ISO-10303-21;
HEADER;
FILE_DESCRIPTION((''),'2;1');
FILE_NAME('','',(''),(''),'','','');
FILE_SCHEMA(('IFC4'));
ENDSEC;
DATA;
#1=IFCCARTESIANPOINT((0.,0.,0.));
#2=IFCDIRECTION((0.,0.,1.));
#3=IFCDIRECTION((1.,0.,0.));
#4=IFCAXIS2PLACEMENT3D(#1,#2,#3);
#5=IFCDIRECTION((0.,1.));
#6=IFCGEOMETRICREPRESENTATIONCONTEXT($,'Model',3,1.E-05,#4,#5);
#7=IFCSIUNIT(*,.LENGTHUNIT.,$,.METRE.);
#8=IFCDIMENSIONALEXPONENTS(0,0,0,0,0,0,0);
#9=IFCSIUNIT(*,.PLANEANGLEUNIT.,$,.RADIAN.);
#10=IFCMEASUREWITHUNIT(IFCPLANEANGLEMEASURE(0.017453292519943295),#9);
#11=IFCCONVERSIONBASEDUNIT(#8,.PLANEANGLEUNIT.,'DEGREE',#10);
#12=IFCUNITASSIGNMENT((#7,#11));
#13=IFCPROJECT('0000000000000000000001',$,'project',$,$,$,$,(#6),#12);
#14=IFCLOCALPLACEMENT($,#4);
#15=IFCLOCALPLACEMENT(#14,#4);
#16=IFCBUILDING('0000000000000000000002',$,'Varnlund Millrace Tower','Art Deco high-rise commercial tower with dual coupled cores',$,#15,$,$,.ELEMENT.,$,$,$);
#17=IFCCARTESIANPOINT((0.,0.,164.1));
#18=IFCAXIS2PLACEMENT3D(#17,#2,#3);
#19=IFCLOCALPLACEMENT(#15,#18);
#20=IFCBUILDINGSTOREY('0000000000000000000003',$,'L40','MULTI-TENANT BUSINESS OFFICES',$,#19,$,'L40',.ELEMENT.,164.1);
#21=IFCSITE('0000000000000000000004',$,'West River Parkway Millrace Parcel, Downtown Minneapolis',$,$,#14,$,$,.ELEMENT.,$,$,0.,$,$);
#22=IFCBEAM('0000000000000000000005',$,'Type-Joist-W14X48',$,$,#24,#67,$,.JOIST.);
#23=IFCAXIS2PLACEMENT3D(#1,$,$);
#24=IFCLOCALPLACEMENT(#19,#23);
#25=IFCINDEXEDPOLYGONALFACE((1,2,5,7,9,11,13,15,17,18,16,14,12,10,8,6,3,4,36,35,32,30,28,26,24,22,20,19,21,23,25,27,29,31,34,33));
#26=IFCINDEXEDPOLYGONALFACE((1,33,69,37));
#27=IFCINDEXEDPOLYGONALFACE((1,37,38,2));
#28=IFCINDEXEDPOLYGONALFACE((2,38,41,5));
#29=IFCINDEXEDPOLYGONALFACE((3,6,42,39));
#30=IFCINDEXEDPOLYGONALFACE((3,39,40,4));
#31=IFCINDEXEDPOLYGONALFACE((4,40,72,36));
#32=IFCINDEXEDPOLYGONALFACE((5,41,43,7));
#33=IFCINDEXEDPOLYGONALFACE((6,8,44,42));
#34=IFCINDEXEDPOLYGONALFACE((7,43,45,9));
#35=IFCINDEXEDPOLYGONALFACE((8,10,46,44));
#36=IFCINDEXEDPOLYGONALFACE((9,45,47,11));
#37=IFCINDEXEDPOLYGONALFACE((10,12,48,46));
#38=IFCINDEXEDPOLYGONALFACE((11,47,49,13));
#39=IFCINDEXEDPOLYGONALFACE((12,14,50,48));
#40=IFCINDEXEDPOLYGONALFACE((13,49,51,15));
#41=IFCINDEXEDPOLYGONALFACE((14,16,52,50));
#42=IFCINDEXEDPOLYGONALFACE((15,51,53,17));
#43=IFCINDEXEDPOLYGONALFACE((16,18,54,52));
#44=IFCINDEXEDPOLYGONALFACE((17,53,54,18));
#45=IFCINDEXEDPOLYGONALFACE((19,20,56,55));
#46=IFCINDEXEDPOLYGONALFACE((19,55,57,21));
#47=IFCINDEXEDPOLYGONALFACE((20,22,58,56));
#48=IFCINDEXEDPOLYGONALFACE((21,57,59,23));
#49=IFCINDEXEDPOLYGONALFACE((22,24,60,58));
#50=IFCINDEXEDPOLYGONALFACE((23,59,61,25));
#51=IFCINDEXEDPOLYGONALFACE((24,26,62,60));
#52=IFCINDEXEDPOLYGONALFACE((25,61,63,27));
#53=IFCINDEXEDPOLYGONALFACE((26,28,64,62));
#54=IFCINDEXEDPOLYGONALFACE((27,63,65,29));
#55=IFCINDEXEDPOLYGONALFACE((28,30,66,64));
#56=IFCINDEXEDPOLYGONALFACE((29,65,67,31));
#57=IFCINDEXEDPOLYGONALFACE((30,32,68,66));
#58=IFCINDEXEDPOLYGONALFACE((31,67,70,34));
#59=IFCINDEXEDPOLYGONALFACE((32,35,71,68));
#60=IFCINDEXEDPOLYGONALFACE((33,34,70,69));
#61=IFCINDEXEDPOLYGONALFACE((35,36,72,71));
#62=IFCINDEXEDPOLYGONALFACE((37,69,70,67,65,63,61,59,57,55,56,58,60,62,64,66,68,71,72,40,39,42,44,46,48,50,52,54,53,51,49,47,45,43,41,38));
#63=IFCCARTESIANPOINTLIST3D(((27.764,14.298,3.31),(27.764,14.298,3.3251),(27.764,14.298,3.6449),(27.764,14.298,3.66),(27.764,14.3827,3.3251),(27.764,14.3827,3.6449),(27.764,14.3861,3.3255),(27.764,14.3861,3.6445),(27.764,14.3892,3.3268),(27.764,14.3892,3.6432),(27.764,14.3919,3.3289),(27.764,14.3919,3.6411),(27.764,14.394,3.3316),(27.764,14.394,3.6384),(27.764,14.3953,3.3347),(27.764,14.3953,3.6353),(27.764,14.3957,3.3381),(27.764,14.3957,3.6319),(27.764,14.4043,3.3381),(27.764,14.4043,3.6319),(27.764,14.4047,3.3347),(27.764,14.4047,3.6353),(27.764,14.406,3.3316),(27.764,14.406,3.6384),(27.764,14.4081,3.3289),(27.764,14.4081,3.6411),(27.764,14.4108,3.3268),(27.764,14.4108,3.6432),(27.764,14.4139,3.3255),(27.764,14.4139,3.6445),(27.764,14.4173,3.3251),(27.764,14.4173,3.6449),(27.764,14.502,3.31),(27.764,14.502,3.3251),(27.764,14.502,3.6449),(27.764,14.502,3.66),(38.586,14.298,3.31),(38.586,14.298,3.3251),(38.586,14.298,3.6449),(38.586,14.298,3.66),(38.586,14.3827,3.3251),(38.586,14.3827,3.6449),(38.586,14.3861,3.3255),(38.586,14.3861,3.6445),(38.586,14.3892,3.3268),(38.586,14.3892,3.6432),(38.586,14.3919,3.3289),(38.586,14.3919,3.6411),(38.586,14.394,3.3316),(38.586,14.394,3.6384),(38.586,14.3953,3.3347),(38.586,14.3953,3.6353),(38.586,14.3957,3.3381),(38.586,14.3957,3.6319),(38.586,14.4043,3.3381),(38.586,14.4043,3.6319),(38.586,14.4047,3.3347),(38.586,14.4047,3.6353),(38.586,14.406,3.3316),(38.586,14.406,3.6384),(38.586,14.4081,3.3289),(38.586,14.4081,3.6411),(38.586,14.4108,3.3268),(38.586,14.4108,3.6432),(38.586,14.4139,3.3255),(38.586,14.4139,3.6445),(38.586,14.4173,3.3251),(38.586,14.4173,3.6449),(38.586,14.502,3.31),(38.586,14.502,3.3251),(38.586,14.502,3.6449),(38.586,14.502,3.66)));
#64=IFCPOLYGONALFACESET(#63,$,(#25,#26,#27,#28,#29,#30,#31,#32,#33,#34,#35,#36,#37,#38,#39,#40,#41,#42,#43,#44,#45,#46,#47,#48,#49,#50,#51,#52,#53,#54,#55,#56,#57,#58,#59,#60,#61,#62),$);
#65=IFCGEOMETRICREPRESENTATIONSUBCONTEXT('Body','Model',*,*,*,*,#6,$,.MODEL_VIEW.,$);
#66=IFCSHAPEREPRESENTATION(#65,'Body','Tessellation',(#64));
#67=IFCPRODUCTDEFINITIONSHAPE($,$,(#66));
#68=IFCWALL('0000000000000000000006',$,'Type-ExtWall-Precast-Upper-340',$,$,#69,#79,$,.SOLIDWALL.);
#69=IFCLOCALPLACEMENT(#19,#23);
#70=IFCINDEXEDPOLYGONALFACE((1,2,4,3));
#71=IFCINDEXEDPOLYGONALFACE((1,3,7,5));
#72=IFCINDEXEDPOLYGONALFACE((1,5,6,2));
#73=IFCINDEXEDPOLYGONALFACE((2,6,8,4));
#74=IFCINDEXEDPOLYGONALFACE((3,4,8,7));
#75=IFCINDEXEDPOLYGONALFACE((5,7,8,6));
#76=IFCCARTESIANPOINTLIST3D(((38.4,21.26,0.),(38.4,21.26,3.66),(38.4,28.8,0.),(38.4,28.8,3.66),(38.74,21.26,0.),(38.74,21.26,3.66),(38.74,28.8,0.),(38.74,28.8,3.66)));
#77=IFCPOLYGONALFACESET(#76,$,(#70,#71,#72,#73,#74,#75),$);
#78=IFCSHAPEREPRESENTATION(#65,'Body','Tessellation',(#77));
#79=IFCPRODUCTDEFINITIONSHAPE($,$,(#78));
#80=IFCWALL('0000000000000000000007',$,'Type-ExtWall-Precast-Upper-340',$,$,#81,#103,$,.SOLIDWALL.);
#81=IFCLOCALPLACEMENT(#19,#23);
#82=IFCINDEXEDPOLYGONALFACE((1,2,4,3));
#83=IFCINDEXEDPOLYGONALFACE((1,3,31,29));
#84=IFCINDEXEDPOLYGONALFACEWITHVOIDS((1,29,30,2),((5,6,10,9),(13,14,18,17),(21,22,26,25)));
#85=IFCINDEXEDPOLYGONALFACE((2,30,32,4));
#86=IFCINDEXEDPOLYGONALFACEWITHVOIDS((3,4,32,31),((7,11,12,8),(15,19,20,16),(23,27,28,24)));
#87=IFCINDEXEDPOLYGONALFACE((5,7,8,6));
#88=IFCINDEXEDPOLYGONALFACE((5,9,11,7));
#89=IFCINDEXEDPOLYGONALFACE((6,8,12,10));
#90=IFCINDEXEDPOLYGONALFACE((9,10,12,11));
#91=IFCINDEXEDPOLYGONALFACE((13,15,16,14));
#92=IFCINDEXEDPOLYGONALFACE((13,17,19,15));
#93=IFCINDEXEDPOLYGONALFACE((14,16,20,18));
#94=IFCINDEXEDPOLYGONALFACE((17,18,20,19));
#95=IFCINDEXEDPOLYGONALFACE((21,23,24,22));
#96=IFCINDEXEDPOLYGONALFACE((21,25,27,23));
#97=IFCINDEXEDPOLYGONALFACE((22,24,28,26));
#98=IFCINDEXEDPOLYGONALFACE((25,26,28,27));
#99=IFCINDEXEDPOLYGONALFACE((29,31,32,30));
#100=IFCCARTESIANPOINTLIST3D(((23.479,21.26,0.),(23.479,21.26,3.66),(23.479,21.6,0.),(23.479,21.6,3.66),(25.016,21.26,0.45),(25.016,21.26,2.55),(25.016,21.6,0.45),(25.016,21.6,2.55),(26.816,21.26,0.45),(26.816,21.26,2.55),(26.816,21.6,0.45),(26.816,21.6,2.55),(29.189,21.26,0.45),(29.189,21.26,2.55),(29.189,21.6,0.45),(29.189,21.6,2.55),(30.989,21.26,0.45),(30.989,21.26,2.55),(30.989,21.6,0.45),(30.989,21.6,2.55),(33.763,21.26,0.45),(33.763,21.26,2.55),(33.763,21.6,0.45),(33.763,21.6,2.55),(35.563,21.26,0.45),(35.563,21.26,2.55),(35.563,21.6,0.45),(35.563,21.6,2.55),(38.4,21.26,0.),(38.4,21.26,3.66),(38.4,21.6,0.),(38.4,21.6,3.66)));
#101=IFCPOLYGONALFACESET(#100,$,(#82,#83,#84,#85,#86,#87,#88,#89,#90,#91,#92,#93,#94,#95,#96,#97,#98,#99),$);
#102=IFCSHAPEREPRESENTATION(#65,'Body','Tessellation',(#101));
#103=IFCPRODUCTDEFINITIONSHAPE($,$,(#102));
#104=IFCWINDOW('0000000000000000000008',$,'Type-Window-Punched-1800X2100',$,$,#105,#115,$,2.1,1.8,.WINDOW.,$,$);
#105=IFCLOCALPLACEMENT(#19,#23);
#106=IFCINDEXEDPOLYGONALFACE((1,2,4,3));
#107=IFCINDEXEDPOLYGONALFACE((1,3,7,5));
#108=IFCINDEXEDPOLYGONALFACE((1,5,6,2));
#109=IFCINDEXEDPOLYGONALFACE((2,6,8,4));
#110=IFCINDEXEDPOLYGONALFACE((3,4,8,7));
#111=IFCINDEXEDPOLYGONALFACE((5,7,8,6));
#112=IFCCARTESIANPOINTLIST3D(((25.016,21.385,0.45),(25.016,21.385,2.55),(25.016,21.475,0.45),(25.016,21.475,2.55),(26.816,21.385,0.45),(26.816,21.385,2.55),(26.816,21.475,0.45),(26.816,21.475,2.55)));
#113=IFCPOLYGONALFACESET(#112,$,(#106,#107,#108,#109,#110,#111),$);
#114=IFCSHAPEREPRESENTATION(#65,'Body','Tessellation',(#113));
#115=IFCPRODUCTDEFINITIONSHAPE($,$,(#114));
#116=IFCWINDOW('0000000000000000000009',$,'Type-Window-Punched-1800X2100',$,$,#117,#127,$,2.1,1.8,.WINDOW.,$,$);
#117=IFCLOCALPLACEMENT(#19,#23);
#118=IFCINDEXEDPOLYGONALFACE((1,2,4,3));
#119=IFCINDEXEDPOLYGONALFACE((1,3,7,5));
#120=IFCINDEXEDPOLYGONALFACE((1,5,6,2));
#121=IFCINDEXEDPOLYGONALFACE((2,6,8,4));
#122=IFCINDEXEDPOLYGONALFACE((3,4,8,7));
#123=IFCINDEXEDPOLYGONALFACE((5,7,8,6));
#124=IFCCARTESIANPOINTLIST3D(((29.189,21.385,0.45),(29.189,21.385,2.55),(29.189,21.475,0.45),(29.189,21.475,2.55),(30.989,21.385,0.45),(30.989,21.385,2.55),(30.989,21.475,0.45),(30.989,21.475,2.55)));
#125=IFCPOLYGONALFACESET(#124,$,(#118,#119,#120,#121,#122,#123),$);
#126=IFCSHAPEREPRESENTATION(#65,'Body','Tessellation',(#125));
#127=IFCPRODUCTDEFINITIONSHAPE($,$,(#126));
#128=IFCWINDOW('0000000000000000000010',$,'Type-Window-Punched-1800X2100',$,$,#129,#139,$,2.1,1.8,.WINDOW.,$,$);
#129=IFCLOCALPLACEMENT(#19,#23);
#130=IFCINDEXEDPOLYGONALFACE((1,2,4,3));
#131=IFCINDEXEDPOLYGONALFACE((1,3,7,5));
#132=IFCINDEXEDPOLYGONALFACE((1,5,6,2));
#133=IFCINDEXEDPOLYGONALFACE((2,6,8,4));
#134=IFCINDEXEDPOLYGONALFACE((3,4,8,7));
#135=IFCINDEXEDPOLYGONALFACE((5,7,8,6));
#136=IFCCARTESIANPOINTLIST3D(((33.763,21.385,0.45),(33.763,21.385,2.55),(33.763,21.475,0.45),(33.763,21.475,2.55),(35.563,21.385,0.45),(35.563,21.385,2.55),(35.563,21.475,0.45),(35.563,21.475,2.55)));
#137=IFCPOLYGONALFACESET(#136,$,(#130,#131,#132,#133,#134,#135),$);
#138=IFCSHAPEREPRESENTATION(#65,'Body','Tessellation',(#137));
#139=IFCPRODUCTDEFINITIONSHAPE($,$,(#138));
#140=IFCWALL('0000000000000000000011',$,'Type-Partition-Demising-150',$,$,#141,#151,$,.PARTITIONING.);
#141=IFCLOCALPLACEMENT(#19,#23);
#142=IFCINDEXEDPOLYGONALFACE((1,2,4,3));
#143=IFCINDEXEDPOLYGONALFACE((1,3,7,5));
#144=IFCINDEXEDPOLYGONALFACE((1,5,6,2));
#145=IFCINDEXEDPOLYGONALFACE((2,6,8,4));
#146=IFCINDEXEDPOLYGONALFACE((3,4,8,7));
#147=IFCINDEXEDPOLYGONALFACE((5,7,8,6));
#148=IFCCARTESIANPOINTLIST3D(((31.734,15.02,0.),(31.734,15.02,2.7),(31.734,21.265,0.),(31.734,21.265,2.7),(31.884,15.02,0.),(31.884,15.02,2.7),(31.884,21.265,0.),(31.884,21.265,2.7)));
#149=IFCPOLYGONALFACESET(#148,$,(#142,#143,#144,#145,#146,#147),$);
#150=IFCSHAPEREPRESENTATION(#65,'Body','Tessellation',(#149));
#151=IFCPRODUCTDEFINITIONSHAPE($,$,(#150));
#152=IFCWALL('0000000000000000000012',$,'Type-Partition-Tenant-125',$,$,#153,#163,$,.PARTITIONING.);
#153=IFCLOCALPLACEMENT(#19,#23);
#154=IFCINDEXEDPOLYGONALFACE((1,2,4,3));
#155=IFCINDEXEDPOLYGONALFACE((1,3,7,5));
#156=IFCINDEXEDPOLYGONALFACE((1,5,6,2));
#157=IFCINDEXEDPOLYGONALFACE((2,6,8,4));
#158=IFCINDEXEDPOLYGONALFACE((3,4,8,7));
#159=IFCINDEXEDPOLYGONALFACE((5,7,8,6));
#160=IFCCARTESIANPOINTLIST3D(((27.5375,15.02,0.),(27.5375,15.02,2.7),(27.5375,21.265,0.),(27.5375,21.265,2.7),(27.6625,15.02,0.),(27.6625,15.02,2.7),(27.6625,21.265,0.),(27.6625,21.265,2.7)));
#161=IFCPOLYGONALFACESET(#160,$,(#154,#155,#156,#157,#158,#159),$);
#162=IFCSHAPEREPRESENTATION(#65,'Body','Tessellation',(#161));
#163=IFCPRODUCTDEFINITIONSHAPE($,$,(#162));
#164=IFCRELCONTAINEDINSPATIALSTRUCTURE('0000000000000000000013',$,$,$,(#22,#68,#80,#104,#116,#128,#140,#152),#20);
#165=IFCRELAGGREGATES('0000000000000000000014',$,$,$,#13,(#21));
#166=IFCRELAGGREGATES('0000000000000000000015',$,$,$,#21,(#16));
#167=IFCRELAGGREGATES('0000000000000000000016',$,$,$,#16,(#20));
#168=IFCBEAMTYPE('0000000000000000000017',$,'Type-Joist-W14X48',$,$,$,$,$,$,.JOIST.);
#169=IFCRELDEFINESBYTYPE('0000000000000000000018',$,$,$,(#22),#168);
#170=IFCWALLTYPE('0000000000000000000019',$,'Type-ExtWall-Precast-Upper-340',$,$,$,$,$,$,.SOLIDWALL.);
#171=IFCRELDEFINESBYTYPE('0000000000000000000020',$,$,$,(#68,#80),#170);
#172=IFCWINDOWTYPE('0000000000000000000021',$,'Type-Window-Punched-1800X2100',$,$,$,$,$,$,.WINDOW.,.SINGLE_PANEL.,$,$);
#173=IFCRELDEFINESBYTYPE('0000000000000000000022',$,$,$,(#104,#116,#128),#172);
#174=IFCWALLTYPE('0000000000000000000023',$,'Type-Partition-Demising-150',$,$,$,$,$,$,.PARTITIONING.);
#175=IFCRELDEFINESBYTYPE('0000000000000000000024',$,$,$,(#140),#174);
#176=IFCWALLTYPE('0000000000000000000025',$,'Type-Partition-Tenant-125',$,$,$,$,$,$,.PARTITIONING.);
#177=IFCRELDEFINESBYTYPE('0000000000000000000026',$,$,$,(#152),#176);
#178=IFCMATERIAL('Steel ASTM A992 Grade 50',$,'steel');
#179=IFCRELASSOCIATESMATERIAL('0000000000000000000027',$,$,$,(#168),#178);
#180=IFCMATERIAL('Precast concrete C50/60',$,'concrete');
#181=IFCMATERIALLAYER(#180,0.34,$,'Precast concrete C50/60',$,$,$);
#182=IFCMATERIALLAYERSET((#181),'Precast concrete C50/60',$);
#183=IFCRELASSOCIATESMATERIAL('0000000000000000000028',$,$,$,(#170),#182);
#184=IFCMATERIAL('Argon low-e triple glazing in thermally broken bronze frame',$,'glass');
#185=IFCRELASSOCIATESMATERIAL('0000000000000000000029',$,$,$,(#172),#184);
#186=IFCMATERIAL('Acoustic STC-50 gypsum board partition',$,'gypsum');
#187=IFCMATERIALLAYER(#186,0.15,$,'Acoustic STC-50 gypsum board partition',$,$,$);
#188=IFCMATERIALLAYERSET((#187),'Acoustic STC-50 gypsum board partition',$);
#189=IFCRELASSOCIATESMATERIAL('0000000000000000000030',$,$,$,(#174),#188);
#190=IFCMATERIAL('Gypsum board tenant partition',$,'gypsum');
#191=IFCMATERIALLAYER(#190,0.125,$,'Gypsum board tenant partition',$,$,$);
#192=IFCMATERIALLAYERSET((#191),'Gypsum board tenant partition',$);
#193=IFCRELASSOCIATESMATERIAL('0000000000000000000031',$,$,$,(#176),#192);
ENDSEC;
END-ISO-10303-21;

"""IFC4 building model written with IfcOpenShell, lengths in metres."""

from ifc_helpers import new_model, entity, si_unit, converted_unit, direction, frame, origin_with_axes, origin_2d_with_axis, place, context, subcontext, project, spatial, polyline, rectangle, i_section, outline, extrude, material, layer, layer_set, material_profile, profile_set, type_object, element, fill, save


model = new_model("IFC4")

# Units and contexts
model_context = context("Model", 3, precision=1e-05, world=origin_with_axes(), true_north=direction((0.0, 1.0)))
body_context = subcontext(model_context, "Body", "Model", "MODEL_VIEW")
ifc_project = project(units=[si_unit("LENGTHUNIT", "METRE"), converted_unit("PLANEANGLEUNIT", "DEGREE", entity("IfcPlaneAngleMeasure", 0.017453292519943295), si_unit("PLANEANGLEUNIT", "RADIAN"), dimensions=[0, 0, 0, 0, 0, 0, 0])], contexts=[model_context])

# Site, building, storey
site_placement = place(None, origin_with_axes())
site = spatial("IfcSite", under=ifc_project, at=site_placement, Name="West River Parkway Millrace Parcel, Downtown Minneapolis", CompositionType="ELEMENT", RefElevation=0.0)
building_placement = place(site_placement, origin_with_axes())
building = spatial("IfcBuilding", under=site, at=building_placement, Name="Varnlund Millrace Tower", Description="Art Deco high-rise commercial tower with dual coupled cores", CompositionType="ELEMENT")
storey_placement = place(building_placement, frame((0.0, 0.0, 164.1), z_axis=(0.0, 0.0, 1.0), x_axis=(1.0, 0.0, 0.0)))
storey = spatial("IfcBuildingStorey", under=building, at=storey_placement, Name="L40", Description="MULTI-TENANT BUSINESS OFFICES", LongName="L40", CompositionType="ELEMENT", Elevation=164.1)

# Beam
ifc_material_1 = material(Name="Steel ASTM A992 Grade 50", Category="steel")
ifc_material_profile_1 = material_profile(ifc_material_1, i_section(OverallWidth=0.204, OverallDepth=0.35, WebThickness=0.0086, FlangeThickness=0.0151, FilletRadius=0.013, at=origin_2d_with_axis()), Name="Steel ASTM A992 Grade 50")
ifc_profile_set_1 = profile_set([ifc_material_profile_1], Name="Steel ASTM A992 Grade 50")
beam_type_1 = type_object("IfcBeamType", Name="Type-Joist-W14X48", PredefinedType="JOIST", material=ifc_profile_set_1)
beam_1_placement = place(storey_placement, frame((27.764, 14.4, 3.485), z_axis=(1.0, 0.0, 0.0), x_axis=(0.0, 1.0, 0.0)))
element("IfcBeam", 1, at=beam_1_placement, inside=storey, type_object=beam_type_1, Name="Type-Joist-W14X48", PredefinedType="JOIST", context=body_context, shape_type="SweptSolid", body=[
    extrude(i_section(OverallWidth=0.204, OverallDepth=0.35, WebThickness=0.0086, FlangeThickness=0.0151, FilletRadius=0.013, at=origin_2d_with_axis()), origin_with_axes(), (0.0, 0.0, 1.0), 10.822),
])

# Wall
ifc_material_2 = material(Name="Precast concrete C50/60", Category="concrete")
ifc_layer_1 = layer(ifc_material_2, 0.34, Name="Precast concrete C50/60")
ifc_layer_set_1 = layer_set([ifc_layer_1], Name="Precast concrete C50/60")
wall_type_1 = type_object("IfcWallType", Name="Type-ExtWall-Precast-Upper-340", PredefinedType="SOLIDWALL", material=ifc_layer_set_1)
wall_1_placement = place(storey_placement, frame((38.57, 21.26, 0.0), z_axis=(0.0, 0.0, 1.0), x_axis=(0.0, 1.0, 0.0)))
element("IfcWall", 2, at=wall_1_placement, inside=storey, type_object=wall_type_1, Name="Type-ExtWall-Precast-Upper-340", PredefinedType="SOLIDWALL", context=body_context, shape_type="SweptSolid", body=[
    extrude(outline(polyline([(0.0, -0.17), (7.54, -0.17), (7.54, 0.17), (0.0, 0.17), (0.0, -0.17)])), origin_with_axes(), (0.0, 0.0, 1.0), 3.66),
])

# Wall, openings, windows
wall_2_placement = place(storey_placement, frame((23.479, 21.43, 0.0), z_axis=(0.0, 0.0, 1.0), x_axis=(1.0, 0.0, 0.0)))
wall_2 = element("IfcWall", 3, at=wall_2_placement, inside=storey, type_object=wall_type_1, Name="Type-ExtWall-Precast-Upper-340", PredefinedType="SOLIDWALL", context=body_context, shape_type="SweptSolid", body=[
    extrude(outline(polyline([(0.0, -0.17), (14.921, -0.17), (14.921, 0.17), (0.0, 0.17), (0.0, -0.17)])), origin_with_axes(), (0.0, 0.0, 1.0), 3.66),
])
opening_1_placement = place(wall_2_placement, frame((2.437, 0.0, 0.45), z_axis=(0.0, 0.0, 1.0), x_axis=(1.0, 0.0, 0.0)))
opening_1 = element("IfcOpeningElement", 4, at=opening_1_placement, cuts=wall_2, PredefinedType="OPENING", context=body_context, shape_type="SweptSolid", body=[
    extrude(rectangle(XDim=1.8, YDim=0.36, at=origin_2d_with_axis()), origin_with_axes(), (0.0, 0.0, 1.0), 2.1),
])
opening_2_placement = place(wall_2_placement, frame((6.61, 0.0, 0.45), z_axis=(0.0, 0.0, 1.0), x_axis=(1.0, 0.0, 0.0)))
opening_2 = element("IfcOpeningElement", 5, at=opening_2_placement, cuts=wall_2, PredefinedType="OPENING", context=body_context, shape_type="SweptSolid", body=[
    extrude(rectangle(XDim=1.8, YDim=0.36, at=origin_2d_with_axis()), origin_with_axes(), (0.0, 0.0, 1.0), 2.1),
])
opening_3_placement = place(wall_2_placement, frame((11.184, 0.0, 0.45), z_axis=(0.0, 0.0, 1.0), x_axis=(1.0, 0.0, 0.0)))
opening_3 = element("IfcOpeningElement", 6, at=opening_3_placement, cuts=wall_2, PredefinedType="OPENING", context=body_context, shape_type="SweptSolid", body=[
    extrude(rectangle(XDim=1.8, YDim=0.36, at=origin_2d_with_axis()), origin_with_axes(), (0.0, 0.0, 1.0), 2.1),
])
ifc_material_3 = material(Name="Argon low-e triple glazing in thermally broken bronze frame", Category="glass")
window_type = type_object("IfcWindowType", Name="Type-Window-Punched-1800X2100", PartitioningType="SINGLE_PANEL", PredefinedType="WINDOW", material=ifc_material_3)
window_1_placement = place(wall_2_placement, frame((2.437, 0.0, 0.45), z_axis=(0.0, 0.0, 1.0), x_axis=(1.0, 0.0, 0.0)))
window_1 = element("IfcWindow", 7, at=window_1_placement, inside=storey, type_object=window_type, Name="Type-Window-Punched-1800X2100", OverallHeight=2.1, OverallWidth=1.8, PredefinedType="WINDOW", context=body_context, shape_type="SweptSolid", body=[
    extrude(rectangle(XDim=1.8, YDim=0.09, at=origin_2d_with_axis()), origin_with_axes(), (0.0, 0.0, 1.0), 2.1),
])
fill(opening_1, window_1)
window_2_placement = place(wall_2_placement, frame((6.61, 0.0, 0.45), z_axis=(0.0, 0.0, 1.0), x_axis=(1.0, 0.0, 0.0)))
window_2 = element("IfcWindow", 8, at=window_2_placement, inside=storey, type_object=window_type, Name="Type-Window-Punched-1800X2100", OverallHeight=2.1, OverallWidth=1.8, PredefinedType="WINDOW", context=body_context, shape_type="SweptSolid", body=[
    extrude(rectangle(XDim=1.8, YDim=0.09, at=origin_2d_with_axis()), origin_with_axes(), (0.0, 0.0, 1.0), 2.1),
])
fill(opening_2, window_2)
window_3_placement = place(wall_2_placement, frame((11.184, 0.0, 0.45), z_axis=(0.0, 0.0, 1.0), x_axis=(1.0, 0.0, 0.0)))
window_3 = element("IfcWindow", 9, at=window_3_placement, inside=storey, type_object=window_type, Name="Type-Window-Punched-1800X2100", OverallHeight=2.1, OverallWidth=1.8, PredefinedType="WINDOW", context=body_context, shape_type="SweptSolid", body=[
    extrude(rectangle(XDim=1.8, YDim=0.09, at=origin_2d_with_axis()), origin_with_axes(), (0.0, 0.0, 1.0), 2.1),
])
fill(opening_3, window_3)

# Walls
ifc_material_4 = material(Name="Acoustic STC-50 gypsum board partition", Category="gypsum")
ifc_layer_2 = layer(ifc_material_4, 0.15, Name="Acoustic STC-50 gypsum board partition")
ifc_layer_set_2 = layer_set([ifc_layer_2], Name="Acoustic STC-50 gypsum board partition")
wall_type_2 = type_object("IfcWallType", Name="Type-Partition-Demising-150", PredefinedType="PARTITIONING", material=ifc_layer_set_2)
wall_3_placement = place(storey_placement, frame((31.809, 15.02, 0.0), z_axis=(0.0, 0.0, 1.0), x_axis=(0.0, 1.0, 0.0)))
element("IfcWall", 10, at=wall_3_placement, inside=storey, type_object=wall_type_2, Name="Type-Partition-Demising-150", PredefinedType="PARTITIONING", context=body_context, shape_type="SweptSolid", body=[
    extrude(outline(polyline([(0.0, -0.075), (6.245, -0.075), (6.245, 0.075), (0.0, 0.075), (0.0, -0.075)])), origin_with_axes(), (0.0, 0.0, 1.0), 2.7),
])
ifc_material_5 = material(Name="Gypsum board tenant partition", Category="gypsum")
ifc_layer_3 = layer(ifc_material_5, 0.125, Name="Gypsum board tenant partition")
ifc_layer_set_3 = layer_set([ifc_layer_3], Name="Gypsum board tenant partition")
wall_type_3 = type_object("IfcWallType", Name="Type-Partition-Tenant-125", PredefinedType="PARTITIONING", material=ifc_layer_set_3)
wall_4_placement = place(storey_placement, frame((27.6, 15.02, 0.0), z_axis=(0.0, 0.0, 1.0), x_axis=(0.0, 1.0, 0.0)))
element("IfcWall", 11, at=wall_4_placement, inside=storey, type_object=wall_type_3, Name="Type-Partition-Tenant-125", PredefinedType="PARTITIONING", context=body_context, shape_type="SweptSolid", body=[
    extrude(outline(polyline([(0.0, -0.0625), (6.245, -0.0625), (6.245, 0.0625), (0.0, 0.0625), (0.0, -0.0625)])), origin_with_axes(), (0.0, 0.0, 1.0), 2.7),
])

save(model, "model.ifc")
